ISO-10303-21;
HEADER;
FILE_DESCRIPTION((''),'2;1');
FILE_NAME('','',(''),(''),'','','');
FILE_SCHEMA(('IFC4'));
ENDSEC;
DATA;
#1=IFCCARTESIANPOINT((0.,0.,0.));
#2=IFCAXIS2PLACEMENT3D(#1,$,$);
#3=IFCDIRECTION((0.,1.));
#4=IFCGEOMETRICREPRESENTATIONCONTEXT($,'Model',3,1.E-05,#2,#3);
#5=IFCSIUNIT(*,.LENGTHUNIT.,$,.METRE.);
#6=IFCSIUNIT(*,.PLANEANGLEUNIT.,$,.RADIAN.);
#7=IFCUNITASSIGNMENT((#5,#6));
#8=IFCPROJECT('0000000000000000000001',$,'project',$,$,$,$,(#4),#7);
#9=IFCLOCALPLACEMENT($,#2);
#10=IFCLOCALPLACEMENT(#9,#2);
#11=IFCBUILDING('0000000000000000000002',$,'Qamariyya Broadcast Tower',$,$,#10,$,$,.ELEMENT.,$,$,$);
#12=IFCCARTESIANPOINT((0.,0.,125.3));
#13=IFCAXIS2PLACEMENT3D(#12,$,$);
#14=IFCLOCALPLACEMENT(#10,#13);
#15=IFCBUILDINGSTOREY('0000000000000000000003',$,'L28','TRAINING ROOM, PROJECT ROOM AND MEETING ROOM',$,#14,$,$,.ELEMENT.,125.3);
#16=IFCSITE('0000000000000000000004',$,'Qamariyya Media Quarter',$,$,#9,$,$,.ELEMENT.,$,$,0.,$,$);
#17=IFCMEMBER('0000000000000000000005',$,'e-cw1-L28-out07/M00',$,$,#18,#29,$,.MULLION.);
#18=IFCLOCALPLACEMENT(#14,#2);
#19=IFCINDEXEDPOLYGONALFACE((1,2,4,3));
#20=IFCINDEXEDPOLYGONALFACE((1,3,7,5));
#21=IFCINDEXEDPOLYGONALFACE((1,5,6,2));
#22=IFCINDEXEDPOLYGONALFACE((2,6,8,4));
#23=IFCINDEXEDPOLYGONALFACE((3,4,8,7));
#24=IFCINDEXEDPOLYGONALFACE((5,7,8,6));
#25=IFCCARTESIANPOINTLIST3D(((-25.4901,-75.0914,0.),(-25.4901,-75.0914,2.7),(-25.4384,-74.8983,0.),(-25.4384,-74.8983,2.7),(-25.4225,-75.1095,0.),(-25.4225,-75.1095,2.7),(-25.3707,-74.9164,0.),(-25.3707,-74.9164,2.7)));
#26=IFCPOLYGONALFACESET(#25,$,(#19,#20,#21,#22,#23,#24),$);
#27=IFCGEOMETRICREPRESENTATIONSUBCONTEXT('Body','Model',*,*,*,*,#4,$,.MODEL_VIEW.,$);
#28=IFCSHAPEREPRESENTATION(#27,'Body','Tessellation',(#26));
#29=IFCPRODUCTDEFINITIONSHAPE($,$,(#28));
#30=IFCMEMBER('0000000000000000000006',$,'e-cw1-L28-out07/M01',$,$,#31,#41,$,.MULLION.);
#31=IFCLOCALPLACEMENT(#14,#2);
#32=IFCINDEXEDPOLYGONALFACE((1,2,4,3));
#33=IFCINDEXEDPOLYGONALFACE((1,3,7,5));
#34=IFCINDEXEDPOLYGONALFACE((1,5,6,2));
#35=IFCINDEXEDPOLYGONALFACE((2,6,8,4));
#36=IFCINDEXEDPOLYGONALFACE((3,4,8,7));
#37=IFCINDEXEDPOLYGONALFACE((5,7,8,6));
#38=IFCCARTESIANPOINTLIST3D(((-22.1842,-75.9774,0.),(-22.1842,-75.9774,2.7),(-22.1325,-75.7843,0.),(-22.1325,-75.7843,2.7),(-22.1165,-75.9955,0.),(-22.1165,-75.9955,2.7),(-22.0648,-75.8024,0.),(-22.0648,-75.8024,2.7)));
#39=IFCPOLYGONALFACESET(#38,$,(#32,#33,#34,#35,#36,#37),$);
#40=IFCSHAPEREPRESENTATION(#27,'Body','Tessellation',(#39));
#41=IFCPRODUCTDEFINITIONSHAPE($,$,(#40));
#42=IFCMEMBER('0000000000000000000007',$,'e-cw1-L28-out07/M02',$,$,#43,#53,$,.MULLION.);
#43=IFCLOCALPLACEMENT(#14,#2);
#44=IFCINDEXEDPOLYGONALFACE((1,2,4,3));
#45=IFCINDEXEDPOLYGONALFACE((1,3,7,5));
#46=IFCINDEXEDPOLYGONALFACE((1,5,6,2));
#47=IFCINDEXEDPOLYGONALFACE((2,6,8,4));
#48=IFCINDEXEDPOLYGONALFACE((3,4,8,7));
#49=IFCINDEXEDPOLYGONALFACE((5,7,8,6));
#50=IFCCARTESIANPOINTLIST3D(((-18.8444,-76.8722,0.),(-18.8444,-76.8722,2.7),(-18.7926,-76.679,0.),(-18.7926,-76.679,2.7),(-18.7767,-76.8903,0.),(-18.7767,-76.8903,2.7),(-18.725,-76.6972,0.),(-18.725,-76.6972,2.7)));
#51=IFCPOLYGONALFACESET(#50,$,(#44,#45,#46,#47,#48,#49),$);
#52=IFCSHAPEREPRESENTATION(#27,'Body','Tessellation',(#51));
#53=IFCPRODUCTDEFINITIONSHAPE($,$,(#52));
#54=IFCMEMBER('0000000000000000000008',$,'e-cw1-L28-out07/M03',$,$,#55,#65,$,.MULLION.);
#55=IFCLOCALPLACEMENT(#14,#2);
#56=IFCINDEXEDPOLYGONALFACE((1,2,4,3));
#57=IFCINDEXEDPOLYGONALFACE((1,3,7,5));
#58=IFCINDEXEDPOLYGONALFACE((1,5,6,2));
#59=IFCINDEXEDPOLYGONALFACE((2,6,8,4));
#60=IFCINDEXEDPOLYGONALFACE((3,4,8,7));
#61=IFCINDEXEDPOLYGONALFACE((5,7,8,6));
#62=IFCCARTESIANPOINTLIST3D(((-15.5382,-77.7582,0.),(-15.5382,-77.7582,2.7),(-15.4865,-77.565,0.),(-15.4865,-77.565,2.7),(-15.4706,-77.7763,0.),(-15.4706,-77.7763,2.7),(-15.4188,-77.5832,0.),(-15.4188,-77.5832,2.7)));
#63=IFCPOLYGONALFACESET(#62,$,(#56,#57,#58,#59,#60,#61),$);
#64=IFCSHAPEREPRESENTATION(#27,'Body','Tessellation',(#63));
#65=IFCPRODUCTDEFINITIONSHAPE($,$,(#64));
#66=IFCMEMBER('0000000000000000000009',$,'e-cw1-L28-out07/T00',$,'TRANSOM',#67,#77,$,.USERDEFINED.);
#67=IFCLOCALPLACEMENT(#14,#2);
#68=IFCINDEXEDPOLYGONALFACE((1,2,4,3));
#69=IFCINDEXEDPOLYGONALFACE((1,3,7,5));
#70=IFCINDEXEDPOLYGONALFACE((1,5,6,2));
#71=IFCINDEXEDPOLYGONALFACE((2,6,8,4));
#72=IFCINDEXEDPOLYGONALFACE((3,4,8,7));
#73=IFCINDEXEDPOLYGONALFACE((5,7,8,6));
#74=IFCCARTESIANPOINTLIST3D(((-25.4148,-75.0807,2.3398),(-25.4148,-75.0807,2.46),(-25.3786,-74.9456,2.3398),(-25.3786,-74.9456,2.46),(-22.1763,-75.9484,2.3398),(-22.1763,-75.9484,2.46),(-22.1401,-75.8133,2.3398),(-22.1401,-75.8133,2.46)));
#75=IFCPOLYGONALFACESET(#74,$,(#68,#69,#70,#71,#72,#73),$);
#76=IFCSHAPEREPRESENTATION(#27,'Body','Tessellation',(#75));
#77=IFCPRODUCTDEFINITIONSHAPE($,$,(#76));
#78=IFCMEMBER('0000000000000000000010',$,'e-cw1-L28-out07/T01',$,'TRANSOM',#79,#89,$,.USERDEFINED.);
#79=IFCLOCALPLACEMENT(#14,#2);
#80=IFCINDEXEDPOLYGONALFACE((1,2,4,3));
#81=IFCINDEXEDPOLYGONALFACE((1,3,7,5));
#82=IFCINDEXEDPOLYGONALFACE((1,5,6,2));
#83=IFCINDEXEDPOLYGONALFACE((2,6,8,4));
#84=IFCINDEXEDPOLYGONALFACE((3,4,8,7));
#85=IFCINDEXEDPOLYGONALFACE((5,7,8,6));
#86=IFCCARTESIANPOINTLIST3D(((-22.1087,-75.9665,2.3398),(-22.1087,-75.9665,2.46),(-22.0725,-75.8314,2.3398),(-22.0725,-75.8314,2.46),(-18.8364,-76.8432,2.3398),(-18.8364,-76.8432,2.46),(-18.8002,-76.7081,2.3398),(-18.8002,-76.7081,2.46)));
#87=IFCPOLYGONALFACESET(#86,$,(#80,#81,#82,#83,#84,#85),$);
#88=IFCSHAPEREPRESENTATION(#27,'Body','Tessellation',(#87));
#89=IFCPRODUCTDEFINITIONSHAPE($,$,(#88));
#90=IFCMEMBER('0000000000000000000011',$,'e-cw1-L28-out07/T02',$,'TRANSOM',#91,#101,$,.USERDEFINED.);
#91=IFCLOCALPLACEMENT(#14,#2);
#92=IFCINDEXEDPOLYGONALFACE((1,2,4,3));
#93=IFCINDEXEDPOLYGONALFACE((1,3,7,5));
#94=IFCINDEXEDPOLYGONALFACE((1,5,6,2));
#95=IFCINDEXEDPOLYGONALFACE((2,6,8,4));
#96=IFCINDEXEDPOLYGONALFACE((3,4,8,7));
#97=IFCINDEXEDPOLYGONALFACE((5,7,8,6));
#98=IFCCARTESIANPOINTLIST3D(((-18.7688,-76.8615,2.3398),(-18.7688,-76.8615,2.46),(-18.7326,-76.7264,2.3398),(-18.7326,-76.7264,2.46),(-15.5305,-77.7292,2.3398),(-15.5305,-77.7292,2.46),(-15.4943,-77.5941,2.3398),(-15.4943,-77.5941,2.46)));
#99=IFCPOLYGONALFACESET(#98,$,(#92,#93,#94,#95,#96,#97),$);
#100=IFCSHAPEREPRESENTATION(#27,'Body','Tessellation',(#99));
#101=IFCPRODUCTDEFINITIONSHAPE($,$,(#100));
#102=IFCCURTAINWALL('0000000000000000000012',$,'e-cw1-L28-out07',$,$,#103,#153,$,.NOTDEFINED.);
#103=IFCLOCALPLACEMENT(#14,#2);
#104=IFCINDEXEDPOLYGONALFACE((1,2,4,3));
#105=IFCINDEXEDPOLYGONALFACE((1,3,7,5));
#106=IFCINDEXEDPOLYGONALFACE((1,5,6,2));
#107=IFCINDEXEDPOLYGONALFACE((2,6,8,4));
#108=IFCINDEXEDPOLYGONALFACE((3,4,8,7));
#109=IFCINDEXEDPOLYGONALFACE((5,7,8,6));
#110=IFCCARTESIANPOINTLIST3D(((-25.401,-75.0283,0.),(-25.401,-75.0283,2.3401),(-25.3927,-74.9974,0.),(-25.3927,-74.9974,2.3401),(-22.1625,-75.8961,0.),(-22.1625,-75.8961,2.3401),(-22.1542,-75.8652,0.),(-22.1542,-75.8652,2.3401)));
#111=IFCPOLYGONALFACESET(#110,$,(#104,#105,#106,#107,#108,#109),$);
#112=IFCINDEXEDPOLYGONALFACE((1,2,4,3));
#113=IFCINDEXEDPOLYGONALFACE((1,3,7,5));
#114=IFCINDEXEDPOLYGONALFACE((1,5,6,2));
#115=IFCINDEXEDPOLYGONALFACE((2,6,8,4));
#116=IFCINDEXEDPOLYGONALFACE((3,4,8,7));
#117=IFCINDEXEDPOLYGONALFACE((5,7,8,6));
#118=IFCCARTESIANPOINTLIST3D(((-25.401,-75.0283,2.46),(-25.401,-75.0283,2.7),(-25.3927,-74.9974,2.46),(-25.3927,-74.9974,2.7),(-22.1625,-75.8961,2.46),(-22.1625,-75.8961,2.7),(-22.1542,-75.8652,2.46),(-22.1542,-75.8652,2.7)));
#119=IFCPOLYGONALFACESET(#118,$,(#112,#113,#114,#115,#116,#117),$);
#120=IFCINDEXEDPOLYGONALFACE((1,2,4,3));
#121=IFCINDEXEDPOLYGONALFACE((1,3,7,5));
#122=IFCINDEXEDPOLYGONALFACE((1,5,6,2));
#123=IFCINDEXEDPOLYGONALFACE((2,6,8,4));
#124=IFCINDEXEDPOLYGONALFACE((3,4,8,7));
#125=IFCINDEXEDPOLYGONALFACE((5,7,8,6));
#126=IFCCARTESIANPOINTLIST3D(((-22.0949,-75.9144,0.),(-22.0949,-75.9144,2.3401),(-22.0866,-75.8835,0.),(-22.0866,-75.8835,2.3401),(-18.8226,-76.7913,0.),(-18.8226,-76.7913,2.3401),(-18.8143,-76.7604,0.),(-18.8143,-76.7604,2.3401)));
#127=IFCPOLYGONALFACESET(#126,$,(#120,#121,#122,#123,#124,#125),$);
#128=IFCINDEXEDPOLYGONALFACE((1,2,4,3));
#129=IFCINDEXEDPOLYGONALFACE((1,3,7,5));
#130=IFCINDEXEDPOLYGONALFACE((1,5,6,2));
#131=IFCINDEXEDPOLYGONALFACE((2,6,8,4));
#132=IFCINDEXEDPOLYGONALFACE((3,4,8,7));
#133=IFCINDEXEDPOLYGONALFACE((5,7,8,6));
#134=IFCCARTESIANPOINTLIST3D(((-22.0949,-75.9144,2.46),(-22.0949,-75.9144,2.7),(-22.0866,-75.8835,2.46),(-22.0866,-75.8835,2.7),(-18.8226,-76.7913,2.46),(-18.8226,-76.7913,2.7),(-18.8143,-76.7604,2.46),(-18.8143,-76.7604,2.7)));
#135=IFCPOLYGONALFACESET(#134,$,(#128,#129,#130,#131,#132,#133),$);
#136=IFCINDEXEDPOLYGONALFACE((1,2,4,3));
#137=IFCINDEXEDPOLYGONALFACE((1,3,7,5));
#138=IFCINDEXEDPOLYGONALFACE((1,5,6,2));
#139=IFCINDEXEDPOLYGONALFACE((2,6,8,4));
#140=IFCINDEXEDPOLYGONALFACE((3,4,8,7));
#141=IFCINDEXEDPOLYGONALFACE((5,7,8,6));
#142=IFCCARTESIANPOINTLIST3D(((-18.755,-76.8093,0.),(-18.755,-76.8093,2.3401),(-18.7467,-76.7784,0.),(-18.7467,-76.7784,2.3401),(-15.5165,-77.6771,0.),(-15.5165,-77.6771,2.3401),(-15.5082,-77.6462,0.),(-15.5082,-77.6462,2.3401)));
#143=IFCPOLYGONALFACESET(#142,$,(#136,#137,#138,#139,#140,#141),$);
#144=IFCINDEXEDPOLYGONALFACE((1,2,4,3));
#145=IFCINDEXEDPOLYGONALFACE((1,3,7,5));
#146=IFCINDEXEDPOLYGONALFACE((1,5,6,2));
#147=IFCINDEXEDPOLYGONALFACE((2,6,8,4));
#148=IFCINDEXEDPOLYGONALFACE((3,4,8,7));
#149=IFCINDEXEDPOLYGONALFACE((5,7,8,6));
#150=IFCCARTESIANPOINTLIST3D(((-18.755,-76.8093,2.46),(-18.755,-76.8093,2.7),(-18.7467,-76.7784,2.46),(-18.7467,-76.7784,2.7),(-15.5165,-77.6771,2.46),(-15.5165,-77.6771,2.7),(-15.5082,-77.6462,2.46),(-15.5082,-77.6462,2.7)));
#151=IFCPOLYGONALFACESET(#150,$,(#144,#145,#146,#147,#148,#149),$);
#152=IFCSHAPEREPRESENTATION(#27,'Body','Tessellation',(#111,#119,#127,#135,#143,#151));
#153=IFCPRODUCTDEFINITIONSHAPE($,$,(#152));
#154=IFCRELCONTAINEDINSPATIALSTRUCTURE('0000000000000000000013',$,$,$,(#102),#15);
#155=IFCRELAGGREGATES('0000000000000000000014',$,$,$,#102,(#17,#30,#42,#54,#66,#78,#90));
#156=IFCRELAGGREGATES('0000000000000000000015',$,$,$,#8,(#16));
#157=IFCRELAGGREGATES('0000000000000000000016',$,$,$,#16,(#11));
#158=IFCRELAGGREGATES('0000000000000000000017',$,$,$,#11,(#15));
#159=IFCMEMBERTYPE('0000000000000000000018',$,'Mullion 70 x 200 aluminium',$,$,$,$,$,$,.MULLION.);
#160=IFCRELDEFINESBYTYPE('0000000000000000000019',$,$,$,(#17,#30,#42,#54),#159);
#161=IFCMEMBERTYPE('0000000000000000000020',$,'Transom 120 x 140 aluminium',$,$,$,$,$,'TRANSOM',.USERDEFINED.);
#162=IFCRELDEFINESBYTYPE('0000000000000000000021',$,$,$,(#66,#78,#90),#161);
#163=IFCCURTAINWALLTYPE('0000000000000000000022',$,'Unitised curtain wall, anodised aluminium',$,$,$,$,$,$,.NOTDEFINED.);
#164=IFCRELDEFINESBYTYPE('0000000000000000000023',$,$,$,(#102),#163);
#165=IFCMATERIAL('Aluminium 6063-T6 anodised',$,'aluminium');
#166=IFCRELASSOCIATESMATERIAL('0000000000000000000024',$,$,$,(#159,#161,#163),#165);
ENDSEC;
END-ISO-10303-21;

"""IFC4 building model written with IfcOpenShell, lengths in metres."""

from ifc_helpers import new_model, si_unit, direction, frame, origin, origin_2d, place, context, subcontext, project, spatial, rectangle, extrude, material, material_profile, profile_set, type_object, element, aggregate, save


model = new_model("IFC4")

# Units and contexts
model_context = context("Model", 3, precision=1e-05, world=origin(), true_north=direction((0.0, 1.0)))
body_context = subcontext(model_context, "Body", "Model", "MODEL_VIEW")
ifc_project = project(units=[si_unit("LENGTHUNIT", "METRE"), si_unit("PLANEANGLEUNIT", "RADIAN")], contexts=[model_context])

# Members
ifc_material = material(Name="Aluminium 6063-T6 anodised", Category="aluminium")
ifc_material_profile_1 = material_profile(ifc_material, rectangle(XDim=0.2, YDim=0.0701, at=origin_2d()))
ifc_profile_set_1 = profile_set([ifc_material_profile_1], Name="Aluminium 6063-T6 anodised")
member_type_1 = type_object("IfcMemberType", Name="Mullion 70 x 200 aluminium", PredefinedType="MULLION", material=ifc_profile_set_1)
site_placement = place(None, origin())
building_placement = place(site_placement, origin())
storey_placement = place(building_placement, frame((0.0, 0.0, 125.3)))
member_1_placement = place(storey_placement, frame((-25.4304, -75.0039, 0.0), z_axis=(0.0, 0.0, 1.0), x_axis=(0.258819, 0.965926, 0.0)))
member_1 = element("IfcMember", 1, at=member_1_placement, type_object=member_type_1, Name="e-cw1-L28-out07/M00", PredefinedType="MULLION", context=body_context, shape_type="SweptSolid", body=[
    extrude(rectangle(XDim=0.2, YDim=0.0701, at=origin_2d()), origin(), (0.0, 0.0, 1.0), 2.7),
])
member_2_placement = place(storey_placement, frame((-22.1245, -75.8899, 0.0), z_axis=(0.0, 0.0, 1.0), x_axis=(0.258819, 0.965926, 0.0)))
member_2 = element("IfcMember", 2, at=member_2_placement, type_object=member_type_1, Name="e-cw1-L28-out07/M01", PredefinedType="MULLION", context=body_context, shape_type="SweptSolid", body=[
    extrude(rectangle(XDim=0.2, YDim=0.0701, at=origin_2d()), origin(), (0.0, 0.0, 1.0), 2.7),
])
member_3_placement = place(storey_placement, frame((-18.7847, -76.7847, 0.0), z_axis=(0.0, 0.0, 1.0), x_axis=(0.258819, 0.965926, 0.0)))
member_3 = element("IfcMember", 3, at=member_3_placement, type_object=member_type_1, Name="e-cw1-L28-out07/M02", PredefinedType="MULLION", context=body_context, shape_type="SweptSolid", body=[
    extrude(rectangle(XDim=0.2, YDim=0.0701, at=origin_2d()), origin(), (0.0, 0.0, 1.0), 2.7),
])
member_4_placement = place(storey_placement, frame((-15.4785, -77.6707, 0.0), z_axis=(0.0, 0.0, 1.0), x_axis=(0.258819, 0.965926, 0.0)))
member_4 = element("IfcMember", 4, at=member_4_placement, type_object=member_type_1, Name="e-cw1-L28-out07/M03", PredefinedType="MULLION", context=body_context, shape_type="SweptSolid", body=[
    extrude(rectangle(XDim=0.2, YDim=0.0701, at=origin_2d()), origin(), (0.0, 0.0, 1.0), 2.7),
])
ifc_material_profile_2 = material_profile(ifc_material, rectangle(XDim=0.1399, YDim=0.1201, at=origin_2d()))
ifc_profile_set_2 = profile_set([ifc_material_profile_2], Name="Aluminium 6063-T6 anodised")
member_type_2 = type_object("IfcMemberType", Name="Transom 120 x 140 aluminium", ElementType="TRANSOM", PredefinedType="USERDEFINED", material=ifc_profile_set_2)
member_5_placement = place(storey_placement, frame((-25.3967, -75.0132, 2.3999), z_axis=(0.965932, -0.258796, 0.0), x_axis=(0.258796, 0.965932, 0.0)))
member_5 = element("IfcMember", 5, at=member_5_placement, type_object=member_type_2, Name="e-cw1-L28-out07/T00", ObjectType="TRANSOM", PredefinedType="USERDEFINED", context=body_context, shape_type="SweptSolid", body=[
    extrude(rectangle(XDim=0.1399, YDim=0.1201, at=origin_2d()), origin(), (0.0, 0.0, 1.0), 3.3528),
])
member_6_placement = place(storey_placement, frame((-22.0906, -75.8989, 2.3999), z_axis=(0.965932, -0.258797, 0.0), x_axis=(0.258797, 0.965932, 0.0)))
member_6 = element("IfcMember", 6, at=member_6_placement, type_object=member_type_2, Name="e-cw1-L28-out07/T01", ObjectType="TRANSOM", PredefinedType="USERDEFINED", context=body_context, shape_type="SweptSolid", body=[
    extrude(rectangle(XDim=0.1399, YDim=0.1201, at=origin_2d()), origin(), (0.0, 0.0, 1.0), 3.3877),
])
member_7_placement = place(storey_placement, frame((-18.7507, -76.7939, 2.3999), z_axis=(0.965927, -0.258814, 0.0), x_axis=(0.258814, 0.965927, 0.0)))
member_7 = element("IfcMember", 7, at=member_7_placement, type_object=member_type_2, Name="e-cw1-L28-out07/T02", ObjectType="TRANSOM", PredefinedType="USERDEFINED", context=body_context, shape_type="SweptSolid", body=[
    extrude(rectangle(XDim=0.1399, YDim=0.1201, at=origin_2d()), origin(), (0.0, 0.0, 1.0), 3.3525),
])

# Site, building, storey
site = spatial("IfcSite", under=ifc_project, at=site_placement, Name="Qamariyya Media Quarter", CompositionType="ELEMENT", RefElevation=0.0)
building = spatial("IfcBuilding", under=site, at=building_placement, Name="Qamariyya Broadcast Tower", CompositionType="ELEMENT")
storey = spatial("IfcBuildingStorey", under=building, at=storey_placement, Name="L28", Description="TRAINING ROOM, PROJECT ROOM AND MEETING ROOM", CompositionType="ELEMENT", Elevation=125.3)

# Curtain wall
curtain_wall_type = type_object("IfcCurtainWallType", Name="Unitised curtain wall, anodised aluminium", PredefinedType="NOTDEFINED", material=ifc_material)
curtain_wall_1_placement = place(storey_placement, origin())
curtain_wall_1 = element("IfcCurtainWall", 8, at=curtain_wall_1_placement, inside=storey, type_object=curtain_wall_type, Name="e-cw1-L28-out07", PredefinedType="NOTDEFINED", context=body_context, shape_type="SweptSolid", body=[
    extrude(rectangle(XDim=3.3528, YDim=0.032, at=origin_2d()), frame((-23.7776, -75.4468, 0.0), x_axis=(0.965924, -0.258827, 0.0)), (0.0, 0.0, 1.0), 2.3401),
    extrude(rectangle(XDim=3.3528, YDim=0.032, at=origin_2d()), frame((-23.7776, -75.4468, 2.46), x_axis=(0.965924, -0.258827, 0.0)), (0.0, 0.0, 1.0), 0.24),
    extrude(rectangle(XDim=3.3877, YDim=0.032, at=origin_2d()), frame((-20.4546, -76.3374, 0.0), x_axis=(0.965924, -0.258827, 0.0)), (0.0, 0.0, 1.0), 2.3401),
    extrude(rectangle(XDim=3.3877, YDim=0.032, at=origin_2d()), frame((-20.4546, -76.3374, 2.46), x_axis=(0.965924, -0.258827, 0.0)), (0.0, 0.0, 1.0), 0.24),
    extrude(rectangle(XDim=3.3528, YDim=0.032, at=origin_2d()), frame((-17.1316, -77.2278, 0.0), x_axis=(0.965924, -0.258827, 0.0)), (0.0, 0.0, 1.0), 2.3401),
    extrude(rectangle(XDim=3.3528, YDim=0.032, at=origin_2d()), frame((-17.1316, -77.2278, 2.46), x_axis=(0.965924, -0.258827, 0.0)), (0.0, 0.0, 1.0), 0.24),
])
aggregate(curtain_wall_1, [member_1, member_2, member_3, member_4, member_5, member_6, member_7])

save(model, "model.ifc")
